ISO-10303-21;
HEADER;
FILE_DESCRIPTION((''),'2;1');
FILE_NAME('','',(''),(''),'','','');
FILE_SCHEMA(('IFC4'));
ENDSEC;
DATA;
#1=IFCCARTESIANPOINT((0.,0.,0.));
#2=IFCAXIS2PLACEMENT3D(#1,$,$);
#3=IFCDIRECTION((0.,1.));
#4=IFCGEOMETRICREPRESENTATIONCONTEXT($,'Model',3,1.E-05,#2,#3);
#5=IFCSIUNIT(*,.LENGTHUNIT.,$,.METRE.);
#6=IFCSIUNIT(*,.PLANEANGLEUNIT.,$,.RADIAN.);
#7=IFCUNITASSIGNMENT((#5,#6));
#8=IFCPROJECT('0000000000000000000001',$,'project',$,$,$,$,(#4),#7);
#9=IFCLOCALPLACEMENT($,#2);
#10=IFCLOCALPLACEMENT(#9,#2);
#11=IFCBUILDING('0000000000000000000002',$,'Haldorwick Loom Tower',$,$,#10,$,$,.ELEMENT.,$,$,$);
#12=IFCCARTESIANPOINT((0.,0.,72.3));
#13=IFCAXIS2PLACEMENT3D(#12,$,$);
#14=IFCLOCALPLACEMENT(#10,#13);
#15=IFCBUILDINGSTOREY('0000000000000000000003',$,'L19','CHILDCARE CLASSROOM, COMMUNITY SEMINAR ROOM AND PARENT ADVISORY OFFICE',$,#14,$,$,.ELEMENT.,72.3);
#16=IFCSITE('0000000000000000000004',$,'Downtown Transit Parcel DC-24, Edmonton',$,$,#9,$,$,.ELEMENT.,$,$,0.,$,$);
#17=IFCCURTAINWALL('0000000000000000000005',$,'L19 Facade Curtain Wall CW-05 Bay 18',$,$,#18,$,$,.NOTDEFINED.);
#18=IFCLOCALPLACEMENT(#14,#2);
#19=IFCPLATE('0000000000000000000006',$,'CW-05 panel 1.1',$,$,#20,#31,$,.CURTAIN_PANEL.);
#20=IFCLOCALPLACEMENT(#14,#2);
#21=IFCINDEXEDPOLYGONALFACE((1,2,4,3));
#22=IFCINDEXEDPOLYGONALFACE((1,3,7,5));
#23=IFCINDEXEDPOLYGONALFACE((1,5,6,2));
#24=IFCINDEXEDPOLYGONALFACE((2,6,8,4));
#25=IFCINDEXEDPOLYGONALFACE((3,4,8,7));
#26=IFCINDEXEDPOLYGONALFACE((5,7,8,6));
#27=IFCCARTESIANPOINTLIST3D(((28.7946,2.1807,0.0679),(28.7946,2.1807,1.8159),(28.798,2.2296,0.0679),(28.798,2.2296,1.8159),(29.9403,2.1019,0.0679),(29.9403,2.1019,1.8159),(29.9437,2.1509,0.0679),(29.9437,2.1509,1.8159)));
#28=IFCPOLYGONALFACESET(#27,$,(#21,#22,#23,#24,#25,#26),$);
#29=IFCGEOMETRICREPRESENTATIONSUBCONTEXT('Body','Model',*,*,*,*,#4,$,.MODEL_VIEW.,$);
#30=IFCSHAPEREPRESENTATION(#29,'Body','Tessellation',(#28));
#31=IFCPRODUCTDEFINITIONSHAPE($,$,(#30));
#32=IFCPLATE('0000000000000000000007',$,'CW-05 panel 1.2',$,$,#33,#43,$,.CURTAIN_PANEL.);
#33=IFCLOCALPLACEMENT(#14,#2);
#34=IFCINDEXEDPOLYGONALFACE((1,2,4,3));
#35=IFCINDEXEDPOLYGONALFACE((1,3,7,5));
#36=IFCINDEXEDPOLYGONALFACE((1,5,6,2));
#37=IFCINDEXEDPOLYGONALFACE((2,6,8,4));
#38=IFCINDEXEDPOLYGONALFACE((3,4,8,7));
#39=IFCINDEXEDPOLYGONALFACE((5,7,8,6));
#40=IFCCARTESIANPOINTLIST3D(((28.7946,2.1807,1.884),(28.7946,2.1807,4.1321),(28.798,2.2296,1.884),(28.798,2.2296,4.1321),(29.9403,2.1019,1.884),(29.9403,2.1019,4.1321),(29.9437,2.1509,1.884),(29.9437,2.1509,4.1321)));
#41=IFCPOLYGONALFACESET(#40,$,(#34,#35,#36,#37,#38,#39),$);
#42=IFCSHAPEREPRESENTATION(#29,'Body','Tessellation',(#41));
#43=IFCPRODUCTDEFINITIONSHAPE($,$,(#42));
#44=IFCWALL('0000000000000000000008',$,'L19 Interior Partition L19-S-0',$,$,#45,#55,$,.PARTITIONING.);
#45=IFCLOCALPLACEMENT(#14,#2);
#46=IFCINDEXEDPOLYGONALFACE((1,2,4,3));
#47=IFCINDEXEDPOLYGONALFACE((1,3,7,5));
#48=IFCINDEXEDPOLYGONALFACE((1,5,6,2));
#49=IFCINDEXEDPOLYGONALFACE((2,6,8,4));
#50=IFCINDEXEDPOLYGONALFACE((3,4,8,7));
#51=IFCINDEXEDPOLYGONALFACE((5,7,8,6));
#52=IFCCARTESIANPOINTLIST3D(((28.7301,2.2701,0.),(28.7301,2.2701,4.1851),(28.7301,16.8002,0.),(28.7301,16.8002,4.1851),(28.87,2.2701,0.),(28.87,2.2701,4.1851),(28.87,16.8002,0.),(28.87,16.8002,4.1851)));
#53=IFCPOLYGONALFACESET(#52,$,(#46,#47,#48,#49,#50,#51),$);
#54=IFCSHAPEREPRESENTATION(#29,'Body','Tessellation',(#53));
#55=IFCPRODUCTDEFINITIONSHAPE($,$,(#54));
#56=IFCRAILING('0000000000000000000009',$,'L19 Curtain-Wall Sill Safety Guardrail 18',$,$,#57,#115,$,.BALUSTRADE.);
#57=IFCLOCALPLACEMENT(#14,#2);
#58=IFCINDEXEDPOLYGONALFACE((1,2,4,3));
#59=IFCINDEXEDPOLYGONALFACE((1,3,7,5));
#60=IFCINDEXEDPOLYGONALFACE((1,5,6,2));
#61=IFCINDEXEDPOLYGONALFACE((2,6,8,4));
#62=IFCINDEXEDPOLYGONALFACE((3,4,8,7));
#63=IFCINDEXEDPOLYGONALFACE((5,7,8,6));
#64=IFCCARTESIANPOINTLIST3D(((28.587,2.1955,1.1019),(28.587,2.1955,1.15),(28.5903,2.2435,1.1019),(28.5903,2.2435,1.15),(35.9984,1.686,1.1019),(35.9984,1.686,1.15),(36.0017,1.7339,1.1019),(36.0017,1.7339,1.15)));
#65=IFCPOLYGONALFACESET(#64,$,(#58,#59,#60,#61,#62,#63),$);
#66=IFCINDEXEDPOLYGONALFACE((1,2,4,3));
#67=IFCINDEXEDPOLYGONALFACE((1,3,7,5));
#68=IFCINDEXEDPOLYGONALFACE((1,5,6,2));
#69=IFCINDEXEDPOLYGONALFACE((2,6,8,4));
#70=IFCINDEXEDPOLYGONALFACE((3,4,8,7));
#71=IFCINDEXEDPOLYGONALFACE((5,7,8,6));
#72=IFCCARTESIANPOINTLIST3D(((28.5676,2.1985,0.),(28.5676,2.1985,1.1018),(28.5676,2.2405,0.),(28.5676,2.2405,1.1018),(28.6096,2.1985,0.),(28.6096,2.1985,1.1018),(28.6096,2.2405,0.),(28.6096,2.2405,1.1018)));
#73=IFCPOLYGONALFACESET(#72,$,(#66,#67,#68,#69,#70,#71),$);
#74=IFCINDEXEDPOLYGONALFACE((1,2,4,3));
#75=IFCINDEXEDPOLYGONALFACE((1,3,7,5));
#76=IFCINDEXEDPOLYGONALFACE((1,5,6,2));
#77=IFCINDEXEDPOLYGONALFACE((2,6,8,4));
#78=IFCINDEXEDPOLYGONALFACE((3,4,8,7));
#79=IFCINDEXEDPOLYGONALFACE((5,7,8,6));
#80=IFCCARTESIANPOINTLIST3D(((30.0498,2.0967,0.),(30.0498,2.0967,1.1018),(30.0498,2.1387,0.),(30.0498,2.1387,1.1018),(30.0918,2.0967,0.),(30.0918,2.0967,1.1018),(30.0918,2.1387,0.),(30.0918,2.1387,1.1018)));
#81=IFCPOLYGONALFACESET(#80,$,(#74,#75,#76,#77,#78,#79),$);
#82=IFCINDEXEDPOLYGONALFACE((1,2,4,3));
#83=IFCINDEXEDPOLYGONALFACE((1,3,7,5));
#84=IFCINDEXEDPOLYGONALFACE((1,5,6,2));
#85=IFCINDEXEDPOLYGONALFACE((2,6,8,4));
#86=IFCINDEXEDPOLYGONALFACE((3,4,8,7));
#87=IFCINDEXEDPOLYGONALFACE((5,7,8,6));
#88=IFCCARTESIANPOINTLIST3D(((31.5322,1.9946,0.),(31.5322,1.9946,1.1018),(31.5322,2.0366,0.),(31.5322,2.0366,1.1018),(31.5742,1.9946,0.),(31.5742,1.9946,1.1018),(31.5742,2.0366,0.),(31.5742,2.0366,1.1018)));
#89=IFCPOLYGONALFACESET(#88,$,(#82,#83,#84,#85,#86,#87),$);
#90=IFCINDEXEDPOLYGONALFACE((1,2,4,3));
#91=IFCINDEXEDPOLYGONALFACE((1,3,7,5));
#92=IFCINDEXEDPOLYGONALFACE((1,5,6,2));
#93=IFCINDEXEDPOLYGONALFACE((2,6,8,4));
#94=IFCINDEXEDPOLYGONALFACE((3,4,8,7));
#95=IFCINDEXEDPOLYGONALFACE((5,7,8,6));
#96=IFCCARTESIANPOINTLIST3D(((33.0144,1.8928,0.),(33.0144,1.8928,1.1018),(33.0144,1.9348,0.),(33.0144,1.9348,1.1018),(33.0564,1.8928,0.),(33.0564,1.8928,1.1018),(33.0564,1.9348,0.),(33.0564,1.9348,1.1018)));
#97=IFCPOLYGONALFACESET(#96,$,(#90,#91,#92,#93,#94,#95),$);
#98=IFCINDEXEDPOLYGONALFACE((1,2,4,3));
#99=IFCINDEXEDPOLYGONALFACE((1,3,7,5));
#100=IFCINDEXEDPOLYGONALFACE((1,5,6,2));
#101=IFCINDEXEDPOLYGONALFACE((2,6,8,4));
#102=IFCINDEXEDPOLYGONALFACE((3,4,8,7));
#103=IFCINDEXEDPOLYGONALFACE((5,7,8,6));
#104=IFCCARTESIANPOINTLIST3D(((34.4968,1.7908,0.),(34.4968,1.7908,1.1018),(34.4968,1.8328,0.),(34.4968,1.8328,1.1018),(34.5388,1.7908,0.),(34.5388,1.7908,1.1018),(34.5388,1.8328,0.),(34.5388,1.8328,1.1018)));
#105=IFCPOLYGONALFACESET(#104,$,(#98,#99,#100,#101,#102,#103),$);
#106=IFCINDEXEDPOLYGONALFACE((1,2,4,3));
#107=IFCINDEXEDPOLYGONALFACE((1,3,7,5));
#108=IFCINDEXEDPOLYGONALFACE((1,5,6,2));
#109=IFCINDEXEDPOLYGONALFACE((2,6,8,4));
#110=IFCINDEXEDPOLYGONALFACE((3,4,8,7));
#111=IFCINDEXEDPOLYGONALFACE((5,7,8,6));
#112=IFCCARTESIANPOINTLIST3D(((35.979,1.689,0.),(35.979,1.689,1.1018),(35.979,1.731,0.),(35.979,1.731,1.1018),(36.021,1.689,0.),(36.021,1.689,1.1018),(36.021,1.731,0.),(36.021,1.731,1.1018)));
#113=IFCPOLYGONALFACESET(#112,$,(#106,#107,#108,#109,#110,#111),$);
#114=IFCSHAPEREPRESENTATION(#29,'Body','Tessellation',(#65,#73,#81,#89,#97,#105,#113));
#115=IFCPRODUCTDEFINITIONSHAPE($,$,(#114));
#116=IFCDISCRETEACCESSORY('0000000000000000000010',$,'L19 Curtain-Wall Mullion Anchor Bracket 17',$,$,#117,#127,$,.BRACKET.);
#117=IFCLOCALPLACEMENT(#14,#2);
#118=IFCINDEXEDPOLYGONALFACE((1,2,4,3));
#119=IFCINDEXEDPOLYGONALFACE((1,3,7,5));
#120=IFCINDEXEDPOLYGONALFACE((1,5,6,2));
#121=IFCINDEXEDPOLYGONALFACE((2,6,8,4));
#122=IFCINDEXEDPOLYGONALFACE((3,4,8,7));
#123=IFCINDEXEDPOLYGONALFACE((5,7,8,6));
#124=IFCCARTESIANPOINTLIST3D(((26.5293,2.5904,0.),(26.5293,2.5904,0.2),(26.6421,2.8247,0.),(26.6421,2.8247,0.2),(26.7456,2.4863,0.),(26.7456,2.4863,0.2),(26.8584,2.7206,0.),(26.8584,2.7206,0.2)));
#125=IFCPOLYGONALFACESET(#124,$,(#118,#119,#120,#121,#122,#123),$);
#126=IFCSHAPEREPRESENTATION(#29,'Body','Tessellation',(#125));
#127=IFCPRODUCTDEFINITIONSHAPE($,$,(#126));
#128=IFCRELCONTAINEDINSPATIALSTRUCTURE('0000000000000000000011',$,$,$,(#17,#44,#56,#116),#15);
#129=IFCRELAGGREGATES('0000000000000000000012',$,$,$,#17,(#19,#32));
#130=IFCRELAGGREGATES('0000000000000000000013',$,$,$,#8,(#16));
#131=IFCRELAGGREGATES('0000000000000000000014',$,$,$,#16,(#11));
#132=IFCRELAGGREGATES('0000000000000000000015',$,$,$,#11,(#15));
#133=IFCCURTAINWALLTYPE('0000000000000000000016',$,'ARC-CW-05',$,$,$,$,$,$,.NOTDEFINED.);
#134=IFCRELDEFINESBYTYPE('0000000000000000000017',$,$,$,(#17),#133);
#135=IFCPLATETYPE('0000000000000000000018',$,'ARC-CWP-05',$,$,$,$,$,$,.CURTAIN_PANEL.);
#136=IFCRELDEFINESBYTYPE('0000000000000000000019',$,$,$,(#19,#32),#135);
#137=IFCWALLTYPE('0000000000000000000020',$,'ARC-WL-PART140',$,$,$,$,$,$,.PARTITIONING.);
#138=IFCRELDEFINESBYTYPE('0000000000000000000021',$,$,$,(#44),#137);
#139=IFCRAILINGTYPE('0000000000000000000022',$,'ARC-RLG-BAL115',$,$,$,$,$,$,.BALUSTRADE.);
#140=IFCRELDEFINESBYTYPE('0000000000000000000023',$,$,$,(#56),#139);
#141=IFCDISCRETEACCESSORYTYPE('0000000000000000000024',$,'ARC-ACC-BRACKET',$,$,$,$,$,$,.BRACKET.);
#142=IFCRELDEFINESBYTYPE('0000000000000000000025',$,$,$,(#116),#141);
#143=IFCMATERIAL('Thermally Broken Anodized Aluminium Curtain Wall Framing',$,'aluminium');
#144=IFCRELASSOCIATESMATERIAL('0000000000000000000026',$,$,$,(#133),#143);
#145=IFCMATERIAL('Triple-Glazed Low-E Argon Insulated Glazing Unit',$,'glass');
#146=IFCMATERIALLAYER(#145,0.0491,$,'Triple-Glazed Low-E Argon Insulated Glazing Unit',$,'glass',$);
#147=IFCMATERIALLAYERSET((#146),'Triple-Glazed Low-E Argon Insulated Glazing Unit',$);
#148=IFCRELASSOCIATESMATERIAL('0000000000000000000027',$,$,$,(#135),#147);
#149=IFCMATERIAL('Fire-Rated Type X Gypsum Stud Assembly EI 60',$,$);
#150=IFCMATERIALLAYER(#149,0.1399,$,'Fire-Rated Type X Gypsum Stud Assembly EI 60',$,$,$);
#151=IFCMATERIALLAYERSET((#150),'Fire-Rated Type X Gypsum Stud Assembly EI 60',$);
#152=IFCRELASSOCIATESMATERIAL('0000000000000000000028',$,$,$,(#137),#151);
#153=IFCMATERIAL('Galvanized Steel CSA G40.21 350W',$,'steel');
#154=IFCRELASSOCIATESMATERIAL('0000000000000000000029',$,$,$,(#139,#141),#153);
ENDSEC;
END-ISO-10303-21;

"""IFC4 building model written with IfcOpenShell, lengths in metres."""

from ifc_helpers import new_model, si_unit, direction, frame, frame_2d, origin, origin_2d, place, context, subcontext, project, spatial, rectangle, extrude, material, layer, layer_set, type_object, element, aggregate, save


model = new_model("IFC4")

# Units and contexts
model_context = context("Model", 3, precision=1e-05, world=origin(), true_north=direction((0.0, 1.0)))
body_context = subcontext(model_context, "Body", "Model", "MODEL_VIEW")
ifc_project = project(units=[si_unit("LENGTHUNIT", "METRE"), si_unit("PLANEANGLEUNIT", "RADIAN")], contexts=[model_context])

# Site, building, storey
site_placement = place(None, origin())
site = spatial("IfcSite", under=ifc_project, at=site_placement, Name="Downtown Transit Parcel DC-24, Edmonton", CompositionType="ELEMENT", RefElevation=0.0)
building_placement = place(site_placement, origin())
building = spatial("IfcBuilding", under=site, at=building_placement, Name="Haldorwick Loom Tower", CompositionType="ELEMENT")
storey_placement = place(building_placement, frame((0.0, 0.0, 72.3)))
storey = spatial("IfcBuildingStorey", under=building, at=storey_placement, Name="L19", Description="CHILDCARE CLASSROOM, COMMUNITY SEMINAR ROOM AND PARENT ADVISORY OFFICE", CompositionType="ELEMENT", Elevation=72.3)

# Shared definitions
ifc_material_1 = material(Name="Thermally Broken Anodized Aluminium Curtain Wall Framing", Category="aluminium")
curtain_wall_type = type_object("IfcCurtainWallType", Name="ARC-CW-05", PredefinedType="NOTDEFINED", material=ifc_material_1)

# Curtain wall
curtain_wall_1_placement = place(storey_placement, origin())
curtain_wall_1 = element("IfcCurtainWall", 1, at=curtain_wall_1_placement, inside=storey, type_object=curtain_wall_type, Name="L19 Facade Curtain Wall CW-05 Bay 18", PredefinedType="NOTDEFINED")

# Plates
ifc_material_2 = material(Name="Triple-Glazed Low-E Argon Insulated Glazing Unit", Category="glass")
ifc_layer_1 = layer(ifc_material_2, 0.0491, Name="Triple-Glazed Low-E Argon Insulated Glazing Unit", Category="glass")
ifc_layer_set_1 = layer_set([ifc_layer_1], Name="Triple-Glazed Low-E Argon Insulated Glazing Unit")
plate_type = type_object("IfcPlateType", Name="ARC-CWP-05", PredefinedType="CURTAIN_PANEL", material=ifc_layer_set_1)
plate_1_placement = place(storey_placement, frame((29.3691, 2.1658, 0.0679), z_axis=(0.0, 0.0, 1.0), x_axis=(0.997645, -0.068589, 0.0)))
plate_1 = element("IfcPlate", 2, at=plate_1_placement, type_object=plate_type, Name="CW-05 panel 1.1", PredefinedType="CURTAIN_PANEL", context=body_context, shape_type="SweptSolid", body=[
    extrude(rectangle(XDim=1.1484, YDim=0.0491, at=origin_2d()), origin(), (0.0, 0.0, 1.0), 1.748),
])
plate_2_placement = place(storey_placement, frame((29.3691, 2.1658, 1.884), z_axis=(0.0, 0.0, 1.0), x_axis=(0.997645, -0.068589, 0.0)))
plate_2 = element("IfcPlate", 3, at=plate_2_placement, type_object=plate_type, Name="CW-05 panel 1.2", PredefinedType="CURTAIN_PANEL", context=body_context, shape_type="SweptSolid", body=[
    extrude(rectangle(XDim=1.1484, YDim=0.0491, at=origin_2d()), origin(), (0.0, 0.0, 1.0), 2.248),
])
aggregate(curtain_wall_1, [plate_1, plate_2])

# Wall
ifc_material_3 = material(Name="Fire-Rated Type X Gypsum Stud Assembly EI 60")
ifc_layer_2 = layer(ifc_material_3, 0.1399, Name="Fire-Rated Type X Gypsum Stud Assembly EI 60")
ifc_layer_set_2 = layer_set([ifc_layer_2], Name="Fire-Rated Type X Gypsum Stud Assembly EI 60")
wall_type = type_object("IfcWallType", Name="ARC-WL-PART140", PredefinedType="PARTITIONING", material=ifc_layer_set_2)
wall_placement = place(storey_placement, frame((28.8, 2.27, 0.0), z_axis=(0.0, 0.0, 1.0), x_axis=(0.0, 1.0, 0.0)))
element("IfcWall", 4, at=wall_placement, inside=storey, type_object=wall_type, Name="L19 Interior Partition L19-S-0", PredefinedType="PARTITIONING", context=body_context, shape_type="SweptSolid", body=[
    extrude(rectangle(XDim=14.53, YDim=0.1399, at=frame_2d((7.2651, 0.0))), origin(), (0.0, 0.0, 1.0), 4.1851),
])

# Railing
ifc_material_4 = material(Name="Galvanized Steel CSA G40.21 350W", Category="steel")
railing_type = type_object("IfcRailingType", Name="ARC-RLG-BAL115", PredefinedType="BALUSTRADE", material=ifc_material_4)
railing_placement = place(storey_placement, frame((28.5886, 2.2195, 0.0)))
element("IfcRailing", 5, at=railing_placement, inside=storey, type_object=railing_type, Name="L19 Curtain-Wall Sill Safety Guardrail 18", PredefinedType="BALUSTRADE", context=body_context, shape_type="SweptSolid", body=[
    extrude(rectangle(XDim=0.0481, YDim=0.0481, at=origin_2d()), frame((0.0, 0.0, 1.126), z_axis=(0.997645, -0.068587, 0.0), x_axis=(0.068587, 0.997645, 0.0)), (0.0, 0.0, 1.0), 7.429),
    extrude(rectangle(XDim=0.042, YDim=0.042, at=origin_2d()), origin(), (0.0, 0.0, 1.0), 1.1018),
    extrude(rectangle(XDim=0.042, YDim=0.042, at=origin_2d()), frame((1.4822, -0.1018, 0.0)), (0.0, 0.0, 1.0), 1.1018),
    extrude(rectangle(XDim=0.042, YDim=0.042, at=origin_2d()), frame((2.9646, -0.2039, 0.0)), (0.0, 0.0, 1.0), 1.1018),
    extrude(rectangle(XDim=0.042, YDim=0.042, at=origin_2d()), frame((4.4468, -0.3057, 0.0)), (0.0, 0.0, 1.0), 1.1018),
    extrude(rectangle(XDim=0.042, YDim=0.042, at=origin_2d()), frame((5.9292, -0.4077, 0.0)), (0.0, 0.0, 1.0), 1.1018),
    extrude(rectangle(XDim=0.042, YDim=0.042, at=origin_2d()), frame((7.4114, -0.5095, 0.0)), (0.0, 0.0, 1.0), 1.1018),
])

# Discrete accessory
discrete_accessory_type = type_object("IfcDiscreteAccessoryType", Name="ARC-ACC-BRACKET", PredefinedType="BRACKET", material=ifc_material_4)
discrete_accessory_placement = place(storey_placement, frame((26.6938, 2.6555, 0.0), z_axis=(0.0, 0.0, 1.0), x_axis=(-0.433659, -0.901077, 0.0)))
element("IfcDiscreteAccessory", 6, at=discrete_accessory_placement, inside=storey, type_object=discrete_accessory_type, Name="L19 Curtain-Wall Mullion Anchor Bracket 17", PredefinedType="BRACKET", context=body_context, shape_type="SweptSolid", body=[
    extrude(rectangle(XDim=0.26, YDim=0.24, at=origin_2d()), origin(), (0.0, 0.0, 1.0), 0.2),
])

save(model, "model.ifc")
